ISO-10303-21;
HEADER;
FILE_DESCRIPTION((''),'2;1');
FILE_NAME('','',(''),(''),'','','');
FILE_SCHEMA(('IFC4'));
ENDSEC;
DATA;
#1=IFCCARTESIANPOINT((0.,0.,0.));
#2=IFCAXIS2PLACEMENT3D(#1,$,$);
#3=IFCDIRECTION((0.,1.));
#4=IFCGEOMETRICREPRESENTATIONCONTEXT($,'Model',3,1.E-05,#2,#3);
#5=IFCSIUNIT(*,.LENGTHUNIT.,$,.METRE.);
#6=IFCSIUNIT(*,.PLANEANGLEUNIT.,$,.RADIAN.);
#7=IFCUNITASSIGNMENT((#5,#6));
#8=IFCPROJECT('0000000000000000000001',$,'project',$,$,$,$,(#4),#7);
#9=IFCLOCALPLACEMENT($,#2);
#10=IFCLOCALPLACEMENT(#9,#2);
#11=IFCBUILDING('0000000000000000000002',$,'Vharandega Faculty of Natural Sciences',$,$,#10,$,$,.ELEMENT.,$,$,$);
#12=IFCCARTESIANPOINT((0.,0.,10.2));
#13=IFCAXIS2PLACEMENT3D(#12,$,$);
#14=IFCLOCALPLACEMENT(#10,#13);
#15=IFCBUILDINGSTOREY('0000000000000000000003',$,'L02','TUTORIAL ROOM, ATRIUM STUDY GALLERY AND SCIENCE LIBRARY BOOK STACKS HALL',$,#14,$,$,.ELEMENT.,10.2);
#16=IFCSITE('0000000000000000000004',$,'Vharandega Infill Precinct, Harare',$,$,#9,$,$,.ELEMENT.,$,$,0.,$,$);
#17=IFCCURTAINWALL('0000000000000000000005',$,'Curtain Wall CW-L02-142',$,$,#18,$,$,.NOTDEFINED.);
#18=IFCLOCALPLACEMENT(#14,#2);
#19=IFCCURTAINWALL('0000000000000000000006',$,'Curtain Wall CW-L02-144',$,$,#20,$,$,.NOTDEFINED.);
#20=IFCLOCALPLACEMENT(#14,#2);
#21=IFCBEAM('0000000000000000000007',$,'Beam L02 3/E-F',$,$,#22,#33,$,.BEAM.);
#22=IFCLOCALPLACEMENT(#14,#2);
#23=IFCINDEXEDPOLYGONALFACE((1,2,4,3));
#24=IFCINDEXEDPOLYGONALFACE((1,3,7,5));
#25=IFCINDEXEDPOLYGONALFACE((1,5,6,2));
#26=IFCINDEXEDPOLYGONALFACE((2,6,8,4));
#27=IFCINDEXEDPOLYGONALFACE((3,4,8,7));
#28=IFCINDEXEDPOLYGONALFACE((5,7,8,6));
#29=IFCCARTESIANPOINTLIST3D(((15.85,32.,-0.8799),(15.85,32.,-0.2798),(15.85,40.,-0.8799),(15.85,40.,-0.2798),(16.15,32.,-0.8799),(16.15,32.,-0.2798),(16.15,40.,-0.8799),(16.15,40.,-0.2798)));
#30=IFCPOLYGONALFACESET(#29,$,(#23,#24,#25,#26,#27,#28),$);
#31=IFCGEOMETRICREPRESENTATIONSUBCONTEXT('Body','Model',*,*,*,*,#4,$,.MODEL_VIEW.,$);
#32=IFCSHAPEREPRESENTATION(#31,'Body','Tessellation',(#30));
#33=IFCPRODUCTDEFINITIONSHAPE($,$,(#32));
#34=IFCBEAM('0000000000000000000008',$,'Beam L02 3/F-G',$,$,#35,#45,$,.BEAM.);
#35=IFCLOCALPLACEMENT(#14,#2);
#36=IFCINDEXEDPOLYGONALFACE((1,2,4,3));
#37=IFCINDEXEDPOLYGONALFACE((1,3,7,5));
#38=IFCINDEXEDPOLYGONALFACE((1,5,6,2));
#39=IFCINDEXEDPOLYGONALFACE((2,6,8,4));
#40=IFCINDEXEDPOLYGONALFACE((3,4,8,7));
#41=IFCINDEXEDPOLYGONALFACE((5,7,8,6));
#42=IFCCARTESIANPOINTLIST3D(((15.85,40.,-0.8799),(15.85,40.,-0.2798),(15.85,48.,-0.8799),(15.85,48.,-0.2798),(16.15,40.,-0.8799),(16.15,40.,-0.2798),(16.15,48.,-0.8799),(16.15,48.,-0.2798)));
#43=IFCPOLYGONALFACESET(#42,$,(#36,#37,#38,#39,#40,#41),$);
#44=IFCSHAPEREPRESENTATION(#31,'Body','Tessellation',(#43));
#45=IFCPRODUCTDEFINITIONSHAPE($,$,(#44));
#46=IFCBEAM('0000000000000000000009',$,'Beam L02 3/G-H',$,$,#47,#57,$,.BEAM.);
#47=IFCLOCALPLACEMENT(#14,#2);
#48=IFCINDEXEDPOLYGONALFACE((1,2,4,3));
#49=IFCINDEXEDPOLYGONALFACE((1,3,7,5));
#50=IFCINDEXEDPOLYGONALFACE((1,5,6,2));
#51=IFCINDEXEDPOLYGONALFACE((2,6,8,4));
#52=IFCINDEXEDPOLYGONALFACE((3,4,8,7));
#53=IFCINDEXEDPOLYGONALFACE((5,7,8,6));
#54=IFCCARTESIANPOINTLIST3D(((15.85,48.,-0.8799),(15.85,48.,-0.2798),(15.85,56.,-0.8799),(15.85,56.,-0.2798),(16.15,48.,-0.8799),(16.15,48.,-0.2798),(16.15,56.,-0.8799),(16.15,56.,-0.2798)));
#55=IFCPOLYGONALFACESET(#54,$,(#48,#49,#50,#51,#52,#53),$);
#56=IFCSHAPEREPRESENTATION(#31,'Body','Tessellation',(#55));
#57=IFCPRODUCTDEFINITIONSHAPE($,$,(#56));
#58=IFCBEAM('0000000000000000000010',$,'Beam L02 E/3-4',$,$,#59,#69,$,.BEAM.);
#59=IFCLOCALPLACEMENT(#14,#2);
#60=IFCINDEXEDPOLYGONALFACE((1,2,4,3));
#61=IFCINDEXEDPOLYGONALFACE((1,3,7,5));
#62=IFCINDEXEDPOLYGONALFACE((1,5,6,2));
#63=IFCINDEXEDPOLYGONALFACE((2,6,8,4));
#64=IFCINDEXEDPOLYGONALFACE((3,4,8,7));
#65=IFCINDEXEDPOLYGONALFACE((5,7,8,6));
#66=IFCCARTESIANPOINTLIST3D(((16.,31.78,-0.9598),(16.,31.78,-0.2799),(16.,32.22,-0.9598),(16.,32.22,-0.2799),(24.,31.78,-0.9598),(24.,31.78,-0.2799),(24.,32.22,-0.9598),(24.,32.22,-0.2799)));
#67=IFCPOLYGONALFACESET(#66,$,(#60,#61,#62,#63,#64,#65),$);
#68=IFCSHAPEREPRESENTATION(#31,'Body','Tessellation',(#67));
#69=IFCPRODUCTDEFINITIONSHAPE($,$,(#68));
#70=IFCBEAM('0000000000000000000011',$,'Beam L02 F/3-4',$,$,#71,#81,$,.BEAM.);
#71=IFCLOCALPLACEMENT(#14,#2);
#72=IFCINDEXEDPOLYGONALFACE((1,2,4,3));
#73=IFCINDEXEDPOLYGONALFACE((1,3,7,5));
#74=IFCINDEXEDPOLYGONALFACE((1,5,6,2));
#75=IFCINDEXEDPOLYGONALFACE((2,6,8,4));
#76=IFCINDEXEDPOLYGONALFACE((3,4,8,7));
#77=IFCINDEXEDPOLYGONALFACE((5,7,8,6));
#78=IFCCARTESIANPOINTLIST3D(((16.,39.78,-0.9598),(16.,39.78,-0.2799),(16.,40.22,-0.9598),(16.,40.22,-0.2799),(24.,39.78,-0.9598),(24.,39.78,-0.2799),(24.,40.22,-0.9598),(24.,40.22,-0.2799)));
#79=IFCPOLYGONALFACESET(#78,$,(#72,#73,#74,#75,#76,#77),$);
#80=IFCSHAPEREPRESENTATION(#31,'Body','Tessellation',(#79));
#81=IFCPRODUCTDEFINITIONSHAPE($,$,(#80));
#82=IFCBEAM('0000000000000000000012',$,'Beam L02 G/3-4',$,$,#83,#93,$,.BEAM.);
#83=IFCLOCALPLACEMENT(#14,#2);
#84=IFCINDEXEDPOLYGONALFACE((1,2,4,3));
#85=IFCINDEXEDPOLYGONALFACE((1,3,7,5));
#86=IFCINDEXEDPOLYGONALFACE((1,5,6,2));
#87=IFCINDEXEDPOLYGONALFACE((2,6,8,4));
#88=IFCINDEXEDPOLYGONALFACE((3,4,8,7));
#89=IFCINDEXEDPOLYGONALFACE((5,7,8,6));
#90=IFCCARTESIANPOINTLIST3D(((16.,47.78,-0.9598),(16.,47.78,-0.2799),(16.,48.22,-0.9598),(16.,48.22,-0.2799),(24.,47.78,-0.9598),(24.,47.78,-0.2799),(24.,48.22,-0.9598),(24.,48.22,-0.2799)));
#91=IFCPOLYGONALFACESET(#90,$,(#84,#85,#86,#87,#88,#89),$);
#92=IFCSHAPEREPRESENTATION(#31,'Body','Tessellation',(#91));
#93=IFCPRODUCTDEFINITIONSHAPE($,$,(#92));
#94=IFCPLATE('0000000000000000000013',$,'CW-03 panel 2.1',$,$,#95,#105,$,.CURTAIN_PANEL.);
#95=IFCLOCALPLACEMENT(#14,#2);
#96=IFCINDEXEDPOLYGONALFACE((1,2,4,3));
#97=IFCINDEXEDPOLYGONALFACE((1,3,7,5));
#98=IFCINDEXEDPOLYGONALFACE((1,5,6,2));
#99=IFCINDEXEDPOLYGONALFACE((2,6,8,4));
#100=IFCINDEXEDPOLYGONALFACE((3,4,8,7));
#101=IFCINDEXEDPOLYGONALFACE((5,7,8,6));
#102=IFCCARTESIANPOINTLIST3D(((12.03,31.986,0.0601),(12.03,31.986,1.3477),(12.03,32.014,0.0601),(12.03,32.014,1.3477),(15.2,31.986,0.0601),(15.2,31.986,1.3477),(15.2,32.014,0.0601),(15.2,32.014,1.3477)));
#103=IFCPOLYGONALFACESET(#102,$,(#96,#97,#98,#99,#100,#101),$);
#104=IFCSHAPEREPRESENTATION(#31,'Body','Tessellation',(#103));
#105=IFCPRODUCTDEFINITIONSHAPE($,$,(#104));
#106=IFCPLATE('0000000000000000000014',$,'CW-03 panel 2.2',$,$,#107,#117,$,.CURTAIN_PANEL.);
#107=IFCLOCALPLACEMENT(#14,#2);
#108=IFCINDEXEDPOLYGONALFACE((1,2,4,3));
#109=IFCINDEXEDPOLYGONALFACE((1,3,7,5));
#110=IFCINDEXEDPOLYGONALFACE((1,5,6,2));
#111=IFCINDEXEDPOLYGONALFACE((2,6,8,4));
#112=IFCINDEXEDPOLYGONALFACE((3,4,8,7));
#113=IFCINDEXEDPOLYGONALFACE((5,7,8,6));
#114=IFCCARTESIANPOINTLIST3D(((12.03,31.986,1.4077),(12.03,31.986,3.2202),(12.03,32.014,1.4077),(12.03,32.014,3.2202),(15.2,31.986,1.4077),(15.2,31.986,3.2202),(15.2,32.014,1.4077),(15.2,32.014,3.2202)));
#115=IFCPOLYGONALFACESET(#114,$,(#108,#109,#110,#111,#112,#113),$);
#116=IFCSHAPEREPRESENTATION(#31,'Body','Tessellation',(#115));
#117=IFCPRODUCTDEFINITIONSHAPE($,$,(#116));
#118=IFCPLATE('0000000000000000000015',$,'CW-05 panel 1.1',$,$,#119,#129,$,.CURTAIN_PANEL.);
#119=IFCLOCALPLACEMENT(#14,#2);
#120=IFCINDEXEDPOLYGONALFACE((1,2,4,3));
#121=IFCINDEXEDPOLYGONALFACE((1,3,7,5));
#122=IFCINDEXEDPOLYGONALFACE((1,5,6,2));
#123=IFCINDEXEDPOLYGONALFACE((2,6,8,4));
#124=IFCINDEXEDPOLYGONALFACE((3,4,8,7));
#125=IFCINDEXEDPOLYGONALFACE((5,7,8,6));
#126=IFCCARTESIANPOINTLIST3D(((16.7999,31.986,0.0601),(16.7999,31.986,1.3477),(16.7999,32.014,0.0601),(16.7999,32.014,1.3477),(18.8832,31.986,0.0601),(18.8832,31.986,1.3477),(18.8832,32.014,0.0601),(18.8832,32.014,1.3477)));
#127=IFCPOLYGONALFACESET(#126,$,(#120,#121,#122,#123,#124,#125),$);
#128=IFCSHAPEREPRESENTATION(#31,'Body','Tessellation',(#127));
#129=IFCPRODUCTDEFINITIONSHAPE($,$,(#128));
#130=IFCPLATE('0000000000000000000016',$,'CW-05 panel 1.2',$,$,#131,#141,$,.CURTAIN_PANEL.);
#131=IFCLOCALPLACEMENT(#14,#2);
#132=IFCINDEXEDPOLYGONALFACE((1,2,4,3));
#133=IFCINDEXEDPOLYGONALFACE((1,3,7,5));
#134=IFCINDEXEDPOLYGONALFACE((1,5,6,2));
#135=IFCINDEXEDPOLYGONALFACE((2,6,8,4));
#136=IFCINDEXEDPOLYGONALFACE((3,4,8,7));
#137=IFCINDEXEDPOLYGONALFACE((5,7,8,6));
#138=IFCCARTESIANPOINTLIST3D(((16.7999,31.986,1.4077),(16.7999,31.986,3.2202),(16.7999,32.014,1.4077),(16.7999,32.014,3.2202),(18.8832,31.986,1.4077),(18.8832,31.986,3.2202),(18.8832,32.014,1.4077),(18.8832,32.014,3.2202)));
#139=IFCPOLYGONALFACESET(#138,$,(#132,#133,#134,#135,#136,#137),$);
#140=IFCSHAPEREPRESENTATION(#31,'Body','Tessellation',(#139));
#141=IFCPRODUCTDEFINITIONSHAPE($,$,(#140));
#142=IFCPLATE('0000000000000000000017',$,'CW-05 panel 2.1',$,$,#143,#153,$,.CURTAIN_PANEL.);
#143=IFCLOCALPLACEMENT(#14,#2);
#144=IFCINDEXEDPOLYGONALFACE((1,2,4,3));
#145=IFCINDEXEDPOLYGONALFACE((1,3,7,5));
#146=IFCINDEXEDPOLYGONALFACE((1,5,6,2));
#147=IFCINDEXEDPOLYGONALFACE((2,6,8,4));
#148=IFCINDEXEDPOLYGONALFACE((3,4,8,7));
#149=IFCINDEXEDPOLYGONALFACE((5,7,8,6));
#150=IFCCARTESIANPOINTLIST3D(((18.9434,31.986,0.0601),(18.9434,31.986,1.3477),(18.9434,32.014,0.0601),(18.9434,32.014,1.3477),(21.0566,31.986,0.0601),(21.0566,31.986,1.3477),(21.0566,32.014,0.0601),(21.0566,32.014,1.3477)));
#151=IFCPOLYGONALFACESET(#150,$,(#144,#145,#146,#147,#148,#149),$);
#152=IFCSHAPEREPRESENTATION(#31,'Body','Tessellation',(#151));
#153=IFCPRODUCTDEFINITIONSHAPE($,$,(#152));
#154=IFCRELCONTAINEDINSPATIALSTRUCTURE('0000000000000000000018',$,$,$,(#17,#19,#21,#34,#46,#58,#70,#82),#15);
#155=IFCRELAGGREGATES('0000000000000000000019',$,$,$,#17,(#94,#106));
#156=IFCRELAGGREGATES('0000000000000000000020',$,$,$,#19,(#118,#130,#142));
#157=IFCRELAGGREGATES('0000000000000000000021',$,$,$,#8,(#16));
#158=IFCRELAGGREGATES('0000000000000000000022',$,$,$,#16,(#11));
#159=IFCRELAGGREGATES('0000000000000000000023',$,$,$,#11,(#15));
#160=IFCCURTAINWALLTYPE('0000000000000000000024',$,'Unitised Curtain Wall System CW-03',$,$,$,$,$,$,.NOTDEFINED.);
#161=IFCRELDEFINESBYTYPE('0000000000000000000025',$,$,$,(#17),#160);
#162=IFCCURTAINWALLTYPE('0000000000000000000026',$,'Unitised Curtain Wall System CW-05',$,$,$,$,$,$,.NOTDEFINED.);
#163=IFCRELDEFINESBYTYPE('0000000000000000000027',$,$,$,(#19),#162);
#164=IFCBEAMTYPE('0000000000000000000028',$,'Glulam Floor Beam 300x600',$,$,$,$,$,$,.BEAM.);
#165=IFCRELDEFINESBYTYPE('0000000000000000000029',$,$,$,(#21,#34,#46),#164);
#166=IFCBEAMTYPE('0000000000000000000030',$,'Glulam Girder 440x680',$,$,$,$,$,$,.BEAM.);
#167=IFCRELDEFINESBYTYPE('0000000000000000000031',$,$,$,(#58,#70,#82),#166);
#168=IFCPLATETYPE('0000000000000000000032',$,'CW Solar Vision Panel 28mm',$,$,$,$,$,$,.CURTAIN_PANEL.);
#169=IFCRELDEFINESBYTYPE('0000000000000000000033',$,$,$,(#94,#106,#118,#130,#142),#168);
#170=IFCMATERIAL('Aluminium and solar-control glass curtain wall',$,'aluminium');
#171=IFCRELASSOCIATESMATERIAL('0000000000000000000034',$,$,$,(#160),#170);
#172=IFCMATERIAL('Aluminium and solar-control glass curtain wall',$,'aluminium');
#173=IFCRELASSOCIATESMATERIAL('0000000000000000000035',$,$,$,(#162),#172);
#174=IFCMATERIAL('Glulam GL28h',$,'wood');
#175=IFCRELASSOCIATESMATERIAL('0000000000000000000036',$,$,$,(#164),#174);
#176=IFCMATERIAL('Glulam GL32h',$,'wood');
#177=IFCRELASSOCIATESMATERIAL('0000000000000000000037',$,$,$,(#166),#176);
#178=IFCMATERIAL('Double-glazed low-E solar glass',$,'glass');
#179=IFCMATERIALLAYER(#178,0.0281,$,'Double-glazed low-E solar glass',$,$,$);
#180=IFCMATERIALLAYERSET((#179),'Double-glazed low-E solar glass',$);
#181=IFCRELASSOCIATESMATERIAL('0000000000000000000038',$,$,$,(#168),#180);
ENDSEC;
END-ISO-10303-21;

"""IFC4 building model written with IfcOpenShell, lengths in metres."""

from ifc_helpers import new_model, si_unit, direction, frame, origin, origin_2d, place, context, subcontext, project, spatial, rectangle, extrude, material, layer, layer_set, material_profile, profile_set, type_object, element, aggregate, save


model = new_model("IFC4")

# Units and contexts
model_context = context("Model", 3, precision=1e-05, world=origin(), true_north=direction((0.0, 1.0)))
body_context = subcontext(model_context, "Body", "Model", "MODEL_VIEW")
ifc_project = project(units=[si_unit("LENGTHUNIT", "METRE"), si_unit("PLANEANGLEUNIT", "RADIAN")], contexts=[model_context])

# Site, building, storey
site_placement = place(None, origin())
site = spatial("IfcSite", under=ifc_project, at=site_placement, Name="Vharandega Infill Precinct, Harare", CompositionType="ELEMENT", RefElevation=0.0)
building_placement = place(site_placement, origin())
building = spatial("IfcBuilding", under=site, at=building_placement, Name="Vharandega Faculty of Natural Sciences", CompositionType="ELEMENT")
storey_placement = place(building_placement, frame((0.0, 0.0, 10.2)))
storey = spatial("IfcBuildingStorey", under=building, at=storey_placement, Name="L02", Description="TUTORIAL ROOM, ATRIUM STUDY GALLERY AND SCIENCE LIBRARY BOOK STACKS HALL", CompositionType="ELEMENT", Elevation=10.2)

# Curtain wall
ifc_material_1 = material(Name="Aluminium and solar-control glass curtain wall", Category="aluminium")
curtain_wall_type_1 = type_object("IfcCurtainWallType", Name="Unitised Curtain Wall System CW-03", PredefinedType="NOTDEFINED", material=ifc_material_1)
curtain_wall_1_placement = place(storey_placement, origin())
curtain_wall_1 = element("IfcCurtainWall", 1, at=curtain_wall_1_placement, inside=storey, type_object=curtain_wall_type_1, Name="Curtain Wall CW-L02-142", PredefinedType="NOTDEFINED")

# Curtain wall
ifc_material_2 = material(Name="Aluminium and solar-control glass curtain wall", Category="aluminium")
curtain_wall_type_2 = type_object("IfcCurtainWallType", Name="Unitised Curtain Wall System CW-05", PredefinedType="NOTDEFINED", material=ifc_material_2)
curtain_wall_2_placement = place(storey_placement, origin())
curtain_wall_2 = element("IfcCurtainWall", 2, at=curtain_wall_2_placement, inside=storey, type_object=curtain_wall_type_2, Name="Curtain Wall CW-L02-144", PredefinedType="NOTDEFINED")

# Beams
ifc_material_3 = material(Name="Glulam GL28h", Category="wood")
ifc_material_profile_1 = material_profile(ifc_material_3, rectangle(XDim=0.3, YDim=0.6001, at=origin_2d()), Name="GL28h 300x600")
ifc_profile_set_1 = profile_set([ifc_material_profile_1], Name="Glulam GL28h")
beam_type_1 = type_object("IfcBeamType", Name="Glulam Floor Beam 300x600", PredefinedType="BEAM", material=ifc_profile_set_1)
for number, where, z_axis, x_axis, name in (
    (3, (16.0, 32.0, -0.5798), (0.0, 1.0, 0.0), (-1.0, 0.0, 0.0), "Beam L02 3/E-F"),
    (4, (16.0, 40.0, -0.5798), (0.0, 1.0, 0.0), (-1.0, 0.0, 0.0), "Beam L02 3/F-G"),
    (5, (16.0, 48.0, -0.5798), (0.0, 1.0, 0.0), (-1.0, 0.0, 0.0), "Beam L02 3/G-H"),
):
    element("IfcBeam", number, at=place(storey_placement, frame(where, z_axis=z_axis, x_axis=x_axis)), inside=storey, type_object=beam_type_1, Name=name, PredefinedType="BEAM", context=body_context, shape_type="SweptSolid", body=[
        extrude(rectangle(XDim=0.3, YDim=0.6001, at=origin_2d()), origin(), (0.0, 0.0, 1.0), 8.0),
    ])
ifc_material_4 = material(Name="Glulam GL32h", Category="wood")
ifc_material_profile_2 = material_profile(ifc_material_4, rectangle(XDim=0.4399, YDim=0.6799, at=origin_2d()), Name="GL32h 440x680")
ifc_profile_set_2 = profile_set([ifc_material_profile_2], Name="Glulam GL32h")
beam_type_2 = type_object("IfcBeamType", Name="Glulam Girder 440x680", PredefinedType="BEAM", material=ifc_profile_set_2)
for number, where, z_axis, x_axis, name in (
    (6, (16.0, 32.0, -0.6199), (1.0, 0.0, 0.0), (0.0, 1.0, 0.0), "Beam L02 E/3-4"),
    (7, (16.0, 40.0, -0.6199), (1.0, 0.0, 0.0), (0.0, 1.0, 0.0), "Beam L02 F/3-4"),
    (8, (16.0, 48.0, -0.6199), (1.0, 0.0, 0.0), (0.0, 1.0, 0.0), "Beam L02 G/3-4"),
):
    element("IfcBeam", number, at=place(storey_placement, frame(where, z_axis=z_axis, x_axis=x_axis)), inside=storey, type_object=beam_type_2, Name=name, PredefinedType="BEAM", context=body_context, shape_type="SweptSolid", body=[
        extrude(rectangle(XDim=0.4399, YDim=0.6799, at=origin_2d()), origin(), (0.0, 0.0, 1.0), 8.0),
    ])

# Plates
ifc_material_5 = material(Name="Double-glazed low-E solar glass", Category="glass")
ifc_layer = layer(ifc_material_5, 0.0281, Name="Double-glazed low-E solar glass")
ifc_layer_set = layer_set([ifc_layer], Name="Double-glazed low-E solar glass")
plate_type = type_object("IfcPlateType", Name="CW Solar Vision Panel 28mm", PredefinedType="CURTAIN_PANEL", material=ifc_layer_set)
plate_1_placement = place(storey_placement, frame((13.615, 32.0, 0.0601), z_axis=(0.0, 0.0, 1.0), x_axis=(1.0, 0.0, 0.0)))
plate_1 = element("IfcPlate", 9, at=plate_1_placement, type_object=plate_type, Name="CW-03 panel 2.1", PredefinedType="CURTAIN_PANEL", context=body_context, shape_type="SweptSolid", body=[
    extrude(rectangle(XDim=3.1699, YDim=0.0281, at=origin_2d()), origin(), (0.0, 0.0, 1.0), 1.2876),
])
plate_2_placement = place(storey_placement, frame((13.615, 32.0, 1.4077), z_axis=(0.0, 0.0, 1.0), x_axis=(1.0, 0.0, 0.0)))
plate_2 = element("IfcPlate", 10, at=plate_2_placement, type_object=plate_type, Name="CW-03 panel 2.2", PredefinedType="CURTAIN_PANEL", context=body_context, shape_type="SweptSolid", body=[
    extrude(rectangle(XDim=3.1699, YDim=0.0281, at=origin_2d()), origin(), (0.0, 0.0, 1.0), 1.8125),
])
aggregate(curtain_wall_1, [plate_1, plate_2])
plate_3_placement = place(storey_placement, frame((17.8416, 32.0, 0.0601), z_axis=(0.0, 0.0, 1.0), x_axis=(1.0, 0.0, 0.0)))
plate_3 = element("IfcPlate", 11, at=plate_3_placement, type_object=plate_type, Name="CW-05 panel 1.1", PredefinedType="CURTAIN_PANEL", context=body_context, shape_type="SweptSolid", body=[
    extrude(rectangle(XDim=2.0833, YDim=0.0281, at=origin_2d()), origin(), (0.0, 0.0, 1.0), 1.2876),
])
plate_4_placement = place(storey_placement, frame((17.8416, 32.0, 1.4077), z_axis=(0.0, 0.0, 1.0), x_axis=(1.0, 0.0, 0.0)))
plate_4 = element("IfcPlate", 12, at=plate_4_placement, type_object=plate_type, Name="CW-05 panel 1.2", PredefinedType="CURTAIN_PANEL", context=body_context, shape_type="SweptSolid", body=[
    extrude(rectangle(XDim=2.0833, YDim=0.0281, at=origin_2d()), origin(), (0.0, 0.0, 1.0), 1.8125),
])
plate_5_placement = place(storey_placement, frame((20.0, 32.0, 0.0601), z_axis=(0.0, 0.0, 1.0), x_axis=(1.0, 0.0, 0.0)))
plate_5 = element("IfcPlate", 13, at=plate_5_placement, type_object=plate_type, Name="CW-05 panel 2.1", PredefinedType="CURTAIN_PANEL", context=body_context, shape_type="SweptSolid", body=[
    extrude(rectangle(XDim=2.1133, YDim=0.0281, at=origin_2d()), origin(), (0.0, 0.0, 1.0), 1.2876),
])
aggregate(curtain_wall_2, [plate_3, plate_4, plate_5])

save(model, "model.ifc")
